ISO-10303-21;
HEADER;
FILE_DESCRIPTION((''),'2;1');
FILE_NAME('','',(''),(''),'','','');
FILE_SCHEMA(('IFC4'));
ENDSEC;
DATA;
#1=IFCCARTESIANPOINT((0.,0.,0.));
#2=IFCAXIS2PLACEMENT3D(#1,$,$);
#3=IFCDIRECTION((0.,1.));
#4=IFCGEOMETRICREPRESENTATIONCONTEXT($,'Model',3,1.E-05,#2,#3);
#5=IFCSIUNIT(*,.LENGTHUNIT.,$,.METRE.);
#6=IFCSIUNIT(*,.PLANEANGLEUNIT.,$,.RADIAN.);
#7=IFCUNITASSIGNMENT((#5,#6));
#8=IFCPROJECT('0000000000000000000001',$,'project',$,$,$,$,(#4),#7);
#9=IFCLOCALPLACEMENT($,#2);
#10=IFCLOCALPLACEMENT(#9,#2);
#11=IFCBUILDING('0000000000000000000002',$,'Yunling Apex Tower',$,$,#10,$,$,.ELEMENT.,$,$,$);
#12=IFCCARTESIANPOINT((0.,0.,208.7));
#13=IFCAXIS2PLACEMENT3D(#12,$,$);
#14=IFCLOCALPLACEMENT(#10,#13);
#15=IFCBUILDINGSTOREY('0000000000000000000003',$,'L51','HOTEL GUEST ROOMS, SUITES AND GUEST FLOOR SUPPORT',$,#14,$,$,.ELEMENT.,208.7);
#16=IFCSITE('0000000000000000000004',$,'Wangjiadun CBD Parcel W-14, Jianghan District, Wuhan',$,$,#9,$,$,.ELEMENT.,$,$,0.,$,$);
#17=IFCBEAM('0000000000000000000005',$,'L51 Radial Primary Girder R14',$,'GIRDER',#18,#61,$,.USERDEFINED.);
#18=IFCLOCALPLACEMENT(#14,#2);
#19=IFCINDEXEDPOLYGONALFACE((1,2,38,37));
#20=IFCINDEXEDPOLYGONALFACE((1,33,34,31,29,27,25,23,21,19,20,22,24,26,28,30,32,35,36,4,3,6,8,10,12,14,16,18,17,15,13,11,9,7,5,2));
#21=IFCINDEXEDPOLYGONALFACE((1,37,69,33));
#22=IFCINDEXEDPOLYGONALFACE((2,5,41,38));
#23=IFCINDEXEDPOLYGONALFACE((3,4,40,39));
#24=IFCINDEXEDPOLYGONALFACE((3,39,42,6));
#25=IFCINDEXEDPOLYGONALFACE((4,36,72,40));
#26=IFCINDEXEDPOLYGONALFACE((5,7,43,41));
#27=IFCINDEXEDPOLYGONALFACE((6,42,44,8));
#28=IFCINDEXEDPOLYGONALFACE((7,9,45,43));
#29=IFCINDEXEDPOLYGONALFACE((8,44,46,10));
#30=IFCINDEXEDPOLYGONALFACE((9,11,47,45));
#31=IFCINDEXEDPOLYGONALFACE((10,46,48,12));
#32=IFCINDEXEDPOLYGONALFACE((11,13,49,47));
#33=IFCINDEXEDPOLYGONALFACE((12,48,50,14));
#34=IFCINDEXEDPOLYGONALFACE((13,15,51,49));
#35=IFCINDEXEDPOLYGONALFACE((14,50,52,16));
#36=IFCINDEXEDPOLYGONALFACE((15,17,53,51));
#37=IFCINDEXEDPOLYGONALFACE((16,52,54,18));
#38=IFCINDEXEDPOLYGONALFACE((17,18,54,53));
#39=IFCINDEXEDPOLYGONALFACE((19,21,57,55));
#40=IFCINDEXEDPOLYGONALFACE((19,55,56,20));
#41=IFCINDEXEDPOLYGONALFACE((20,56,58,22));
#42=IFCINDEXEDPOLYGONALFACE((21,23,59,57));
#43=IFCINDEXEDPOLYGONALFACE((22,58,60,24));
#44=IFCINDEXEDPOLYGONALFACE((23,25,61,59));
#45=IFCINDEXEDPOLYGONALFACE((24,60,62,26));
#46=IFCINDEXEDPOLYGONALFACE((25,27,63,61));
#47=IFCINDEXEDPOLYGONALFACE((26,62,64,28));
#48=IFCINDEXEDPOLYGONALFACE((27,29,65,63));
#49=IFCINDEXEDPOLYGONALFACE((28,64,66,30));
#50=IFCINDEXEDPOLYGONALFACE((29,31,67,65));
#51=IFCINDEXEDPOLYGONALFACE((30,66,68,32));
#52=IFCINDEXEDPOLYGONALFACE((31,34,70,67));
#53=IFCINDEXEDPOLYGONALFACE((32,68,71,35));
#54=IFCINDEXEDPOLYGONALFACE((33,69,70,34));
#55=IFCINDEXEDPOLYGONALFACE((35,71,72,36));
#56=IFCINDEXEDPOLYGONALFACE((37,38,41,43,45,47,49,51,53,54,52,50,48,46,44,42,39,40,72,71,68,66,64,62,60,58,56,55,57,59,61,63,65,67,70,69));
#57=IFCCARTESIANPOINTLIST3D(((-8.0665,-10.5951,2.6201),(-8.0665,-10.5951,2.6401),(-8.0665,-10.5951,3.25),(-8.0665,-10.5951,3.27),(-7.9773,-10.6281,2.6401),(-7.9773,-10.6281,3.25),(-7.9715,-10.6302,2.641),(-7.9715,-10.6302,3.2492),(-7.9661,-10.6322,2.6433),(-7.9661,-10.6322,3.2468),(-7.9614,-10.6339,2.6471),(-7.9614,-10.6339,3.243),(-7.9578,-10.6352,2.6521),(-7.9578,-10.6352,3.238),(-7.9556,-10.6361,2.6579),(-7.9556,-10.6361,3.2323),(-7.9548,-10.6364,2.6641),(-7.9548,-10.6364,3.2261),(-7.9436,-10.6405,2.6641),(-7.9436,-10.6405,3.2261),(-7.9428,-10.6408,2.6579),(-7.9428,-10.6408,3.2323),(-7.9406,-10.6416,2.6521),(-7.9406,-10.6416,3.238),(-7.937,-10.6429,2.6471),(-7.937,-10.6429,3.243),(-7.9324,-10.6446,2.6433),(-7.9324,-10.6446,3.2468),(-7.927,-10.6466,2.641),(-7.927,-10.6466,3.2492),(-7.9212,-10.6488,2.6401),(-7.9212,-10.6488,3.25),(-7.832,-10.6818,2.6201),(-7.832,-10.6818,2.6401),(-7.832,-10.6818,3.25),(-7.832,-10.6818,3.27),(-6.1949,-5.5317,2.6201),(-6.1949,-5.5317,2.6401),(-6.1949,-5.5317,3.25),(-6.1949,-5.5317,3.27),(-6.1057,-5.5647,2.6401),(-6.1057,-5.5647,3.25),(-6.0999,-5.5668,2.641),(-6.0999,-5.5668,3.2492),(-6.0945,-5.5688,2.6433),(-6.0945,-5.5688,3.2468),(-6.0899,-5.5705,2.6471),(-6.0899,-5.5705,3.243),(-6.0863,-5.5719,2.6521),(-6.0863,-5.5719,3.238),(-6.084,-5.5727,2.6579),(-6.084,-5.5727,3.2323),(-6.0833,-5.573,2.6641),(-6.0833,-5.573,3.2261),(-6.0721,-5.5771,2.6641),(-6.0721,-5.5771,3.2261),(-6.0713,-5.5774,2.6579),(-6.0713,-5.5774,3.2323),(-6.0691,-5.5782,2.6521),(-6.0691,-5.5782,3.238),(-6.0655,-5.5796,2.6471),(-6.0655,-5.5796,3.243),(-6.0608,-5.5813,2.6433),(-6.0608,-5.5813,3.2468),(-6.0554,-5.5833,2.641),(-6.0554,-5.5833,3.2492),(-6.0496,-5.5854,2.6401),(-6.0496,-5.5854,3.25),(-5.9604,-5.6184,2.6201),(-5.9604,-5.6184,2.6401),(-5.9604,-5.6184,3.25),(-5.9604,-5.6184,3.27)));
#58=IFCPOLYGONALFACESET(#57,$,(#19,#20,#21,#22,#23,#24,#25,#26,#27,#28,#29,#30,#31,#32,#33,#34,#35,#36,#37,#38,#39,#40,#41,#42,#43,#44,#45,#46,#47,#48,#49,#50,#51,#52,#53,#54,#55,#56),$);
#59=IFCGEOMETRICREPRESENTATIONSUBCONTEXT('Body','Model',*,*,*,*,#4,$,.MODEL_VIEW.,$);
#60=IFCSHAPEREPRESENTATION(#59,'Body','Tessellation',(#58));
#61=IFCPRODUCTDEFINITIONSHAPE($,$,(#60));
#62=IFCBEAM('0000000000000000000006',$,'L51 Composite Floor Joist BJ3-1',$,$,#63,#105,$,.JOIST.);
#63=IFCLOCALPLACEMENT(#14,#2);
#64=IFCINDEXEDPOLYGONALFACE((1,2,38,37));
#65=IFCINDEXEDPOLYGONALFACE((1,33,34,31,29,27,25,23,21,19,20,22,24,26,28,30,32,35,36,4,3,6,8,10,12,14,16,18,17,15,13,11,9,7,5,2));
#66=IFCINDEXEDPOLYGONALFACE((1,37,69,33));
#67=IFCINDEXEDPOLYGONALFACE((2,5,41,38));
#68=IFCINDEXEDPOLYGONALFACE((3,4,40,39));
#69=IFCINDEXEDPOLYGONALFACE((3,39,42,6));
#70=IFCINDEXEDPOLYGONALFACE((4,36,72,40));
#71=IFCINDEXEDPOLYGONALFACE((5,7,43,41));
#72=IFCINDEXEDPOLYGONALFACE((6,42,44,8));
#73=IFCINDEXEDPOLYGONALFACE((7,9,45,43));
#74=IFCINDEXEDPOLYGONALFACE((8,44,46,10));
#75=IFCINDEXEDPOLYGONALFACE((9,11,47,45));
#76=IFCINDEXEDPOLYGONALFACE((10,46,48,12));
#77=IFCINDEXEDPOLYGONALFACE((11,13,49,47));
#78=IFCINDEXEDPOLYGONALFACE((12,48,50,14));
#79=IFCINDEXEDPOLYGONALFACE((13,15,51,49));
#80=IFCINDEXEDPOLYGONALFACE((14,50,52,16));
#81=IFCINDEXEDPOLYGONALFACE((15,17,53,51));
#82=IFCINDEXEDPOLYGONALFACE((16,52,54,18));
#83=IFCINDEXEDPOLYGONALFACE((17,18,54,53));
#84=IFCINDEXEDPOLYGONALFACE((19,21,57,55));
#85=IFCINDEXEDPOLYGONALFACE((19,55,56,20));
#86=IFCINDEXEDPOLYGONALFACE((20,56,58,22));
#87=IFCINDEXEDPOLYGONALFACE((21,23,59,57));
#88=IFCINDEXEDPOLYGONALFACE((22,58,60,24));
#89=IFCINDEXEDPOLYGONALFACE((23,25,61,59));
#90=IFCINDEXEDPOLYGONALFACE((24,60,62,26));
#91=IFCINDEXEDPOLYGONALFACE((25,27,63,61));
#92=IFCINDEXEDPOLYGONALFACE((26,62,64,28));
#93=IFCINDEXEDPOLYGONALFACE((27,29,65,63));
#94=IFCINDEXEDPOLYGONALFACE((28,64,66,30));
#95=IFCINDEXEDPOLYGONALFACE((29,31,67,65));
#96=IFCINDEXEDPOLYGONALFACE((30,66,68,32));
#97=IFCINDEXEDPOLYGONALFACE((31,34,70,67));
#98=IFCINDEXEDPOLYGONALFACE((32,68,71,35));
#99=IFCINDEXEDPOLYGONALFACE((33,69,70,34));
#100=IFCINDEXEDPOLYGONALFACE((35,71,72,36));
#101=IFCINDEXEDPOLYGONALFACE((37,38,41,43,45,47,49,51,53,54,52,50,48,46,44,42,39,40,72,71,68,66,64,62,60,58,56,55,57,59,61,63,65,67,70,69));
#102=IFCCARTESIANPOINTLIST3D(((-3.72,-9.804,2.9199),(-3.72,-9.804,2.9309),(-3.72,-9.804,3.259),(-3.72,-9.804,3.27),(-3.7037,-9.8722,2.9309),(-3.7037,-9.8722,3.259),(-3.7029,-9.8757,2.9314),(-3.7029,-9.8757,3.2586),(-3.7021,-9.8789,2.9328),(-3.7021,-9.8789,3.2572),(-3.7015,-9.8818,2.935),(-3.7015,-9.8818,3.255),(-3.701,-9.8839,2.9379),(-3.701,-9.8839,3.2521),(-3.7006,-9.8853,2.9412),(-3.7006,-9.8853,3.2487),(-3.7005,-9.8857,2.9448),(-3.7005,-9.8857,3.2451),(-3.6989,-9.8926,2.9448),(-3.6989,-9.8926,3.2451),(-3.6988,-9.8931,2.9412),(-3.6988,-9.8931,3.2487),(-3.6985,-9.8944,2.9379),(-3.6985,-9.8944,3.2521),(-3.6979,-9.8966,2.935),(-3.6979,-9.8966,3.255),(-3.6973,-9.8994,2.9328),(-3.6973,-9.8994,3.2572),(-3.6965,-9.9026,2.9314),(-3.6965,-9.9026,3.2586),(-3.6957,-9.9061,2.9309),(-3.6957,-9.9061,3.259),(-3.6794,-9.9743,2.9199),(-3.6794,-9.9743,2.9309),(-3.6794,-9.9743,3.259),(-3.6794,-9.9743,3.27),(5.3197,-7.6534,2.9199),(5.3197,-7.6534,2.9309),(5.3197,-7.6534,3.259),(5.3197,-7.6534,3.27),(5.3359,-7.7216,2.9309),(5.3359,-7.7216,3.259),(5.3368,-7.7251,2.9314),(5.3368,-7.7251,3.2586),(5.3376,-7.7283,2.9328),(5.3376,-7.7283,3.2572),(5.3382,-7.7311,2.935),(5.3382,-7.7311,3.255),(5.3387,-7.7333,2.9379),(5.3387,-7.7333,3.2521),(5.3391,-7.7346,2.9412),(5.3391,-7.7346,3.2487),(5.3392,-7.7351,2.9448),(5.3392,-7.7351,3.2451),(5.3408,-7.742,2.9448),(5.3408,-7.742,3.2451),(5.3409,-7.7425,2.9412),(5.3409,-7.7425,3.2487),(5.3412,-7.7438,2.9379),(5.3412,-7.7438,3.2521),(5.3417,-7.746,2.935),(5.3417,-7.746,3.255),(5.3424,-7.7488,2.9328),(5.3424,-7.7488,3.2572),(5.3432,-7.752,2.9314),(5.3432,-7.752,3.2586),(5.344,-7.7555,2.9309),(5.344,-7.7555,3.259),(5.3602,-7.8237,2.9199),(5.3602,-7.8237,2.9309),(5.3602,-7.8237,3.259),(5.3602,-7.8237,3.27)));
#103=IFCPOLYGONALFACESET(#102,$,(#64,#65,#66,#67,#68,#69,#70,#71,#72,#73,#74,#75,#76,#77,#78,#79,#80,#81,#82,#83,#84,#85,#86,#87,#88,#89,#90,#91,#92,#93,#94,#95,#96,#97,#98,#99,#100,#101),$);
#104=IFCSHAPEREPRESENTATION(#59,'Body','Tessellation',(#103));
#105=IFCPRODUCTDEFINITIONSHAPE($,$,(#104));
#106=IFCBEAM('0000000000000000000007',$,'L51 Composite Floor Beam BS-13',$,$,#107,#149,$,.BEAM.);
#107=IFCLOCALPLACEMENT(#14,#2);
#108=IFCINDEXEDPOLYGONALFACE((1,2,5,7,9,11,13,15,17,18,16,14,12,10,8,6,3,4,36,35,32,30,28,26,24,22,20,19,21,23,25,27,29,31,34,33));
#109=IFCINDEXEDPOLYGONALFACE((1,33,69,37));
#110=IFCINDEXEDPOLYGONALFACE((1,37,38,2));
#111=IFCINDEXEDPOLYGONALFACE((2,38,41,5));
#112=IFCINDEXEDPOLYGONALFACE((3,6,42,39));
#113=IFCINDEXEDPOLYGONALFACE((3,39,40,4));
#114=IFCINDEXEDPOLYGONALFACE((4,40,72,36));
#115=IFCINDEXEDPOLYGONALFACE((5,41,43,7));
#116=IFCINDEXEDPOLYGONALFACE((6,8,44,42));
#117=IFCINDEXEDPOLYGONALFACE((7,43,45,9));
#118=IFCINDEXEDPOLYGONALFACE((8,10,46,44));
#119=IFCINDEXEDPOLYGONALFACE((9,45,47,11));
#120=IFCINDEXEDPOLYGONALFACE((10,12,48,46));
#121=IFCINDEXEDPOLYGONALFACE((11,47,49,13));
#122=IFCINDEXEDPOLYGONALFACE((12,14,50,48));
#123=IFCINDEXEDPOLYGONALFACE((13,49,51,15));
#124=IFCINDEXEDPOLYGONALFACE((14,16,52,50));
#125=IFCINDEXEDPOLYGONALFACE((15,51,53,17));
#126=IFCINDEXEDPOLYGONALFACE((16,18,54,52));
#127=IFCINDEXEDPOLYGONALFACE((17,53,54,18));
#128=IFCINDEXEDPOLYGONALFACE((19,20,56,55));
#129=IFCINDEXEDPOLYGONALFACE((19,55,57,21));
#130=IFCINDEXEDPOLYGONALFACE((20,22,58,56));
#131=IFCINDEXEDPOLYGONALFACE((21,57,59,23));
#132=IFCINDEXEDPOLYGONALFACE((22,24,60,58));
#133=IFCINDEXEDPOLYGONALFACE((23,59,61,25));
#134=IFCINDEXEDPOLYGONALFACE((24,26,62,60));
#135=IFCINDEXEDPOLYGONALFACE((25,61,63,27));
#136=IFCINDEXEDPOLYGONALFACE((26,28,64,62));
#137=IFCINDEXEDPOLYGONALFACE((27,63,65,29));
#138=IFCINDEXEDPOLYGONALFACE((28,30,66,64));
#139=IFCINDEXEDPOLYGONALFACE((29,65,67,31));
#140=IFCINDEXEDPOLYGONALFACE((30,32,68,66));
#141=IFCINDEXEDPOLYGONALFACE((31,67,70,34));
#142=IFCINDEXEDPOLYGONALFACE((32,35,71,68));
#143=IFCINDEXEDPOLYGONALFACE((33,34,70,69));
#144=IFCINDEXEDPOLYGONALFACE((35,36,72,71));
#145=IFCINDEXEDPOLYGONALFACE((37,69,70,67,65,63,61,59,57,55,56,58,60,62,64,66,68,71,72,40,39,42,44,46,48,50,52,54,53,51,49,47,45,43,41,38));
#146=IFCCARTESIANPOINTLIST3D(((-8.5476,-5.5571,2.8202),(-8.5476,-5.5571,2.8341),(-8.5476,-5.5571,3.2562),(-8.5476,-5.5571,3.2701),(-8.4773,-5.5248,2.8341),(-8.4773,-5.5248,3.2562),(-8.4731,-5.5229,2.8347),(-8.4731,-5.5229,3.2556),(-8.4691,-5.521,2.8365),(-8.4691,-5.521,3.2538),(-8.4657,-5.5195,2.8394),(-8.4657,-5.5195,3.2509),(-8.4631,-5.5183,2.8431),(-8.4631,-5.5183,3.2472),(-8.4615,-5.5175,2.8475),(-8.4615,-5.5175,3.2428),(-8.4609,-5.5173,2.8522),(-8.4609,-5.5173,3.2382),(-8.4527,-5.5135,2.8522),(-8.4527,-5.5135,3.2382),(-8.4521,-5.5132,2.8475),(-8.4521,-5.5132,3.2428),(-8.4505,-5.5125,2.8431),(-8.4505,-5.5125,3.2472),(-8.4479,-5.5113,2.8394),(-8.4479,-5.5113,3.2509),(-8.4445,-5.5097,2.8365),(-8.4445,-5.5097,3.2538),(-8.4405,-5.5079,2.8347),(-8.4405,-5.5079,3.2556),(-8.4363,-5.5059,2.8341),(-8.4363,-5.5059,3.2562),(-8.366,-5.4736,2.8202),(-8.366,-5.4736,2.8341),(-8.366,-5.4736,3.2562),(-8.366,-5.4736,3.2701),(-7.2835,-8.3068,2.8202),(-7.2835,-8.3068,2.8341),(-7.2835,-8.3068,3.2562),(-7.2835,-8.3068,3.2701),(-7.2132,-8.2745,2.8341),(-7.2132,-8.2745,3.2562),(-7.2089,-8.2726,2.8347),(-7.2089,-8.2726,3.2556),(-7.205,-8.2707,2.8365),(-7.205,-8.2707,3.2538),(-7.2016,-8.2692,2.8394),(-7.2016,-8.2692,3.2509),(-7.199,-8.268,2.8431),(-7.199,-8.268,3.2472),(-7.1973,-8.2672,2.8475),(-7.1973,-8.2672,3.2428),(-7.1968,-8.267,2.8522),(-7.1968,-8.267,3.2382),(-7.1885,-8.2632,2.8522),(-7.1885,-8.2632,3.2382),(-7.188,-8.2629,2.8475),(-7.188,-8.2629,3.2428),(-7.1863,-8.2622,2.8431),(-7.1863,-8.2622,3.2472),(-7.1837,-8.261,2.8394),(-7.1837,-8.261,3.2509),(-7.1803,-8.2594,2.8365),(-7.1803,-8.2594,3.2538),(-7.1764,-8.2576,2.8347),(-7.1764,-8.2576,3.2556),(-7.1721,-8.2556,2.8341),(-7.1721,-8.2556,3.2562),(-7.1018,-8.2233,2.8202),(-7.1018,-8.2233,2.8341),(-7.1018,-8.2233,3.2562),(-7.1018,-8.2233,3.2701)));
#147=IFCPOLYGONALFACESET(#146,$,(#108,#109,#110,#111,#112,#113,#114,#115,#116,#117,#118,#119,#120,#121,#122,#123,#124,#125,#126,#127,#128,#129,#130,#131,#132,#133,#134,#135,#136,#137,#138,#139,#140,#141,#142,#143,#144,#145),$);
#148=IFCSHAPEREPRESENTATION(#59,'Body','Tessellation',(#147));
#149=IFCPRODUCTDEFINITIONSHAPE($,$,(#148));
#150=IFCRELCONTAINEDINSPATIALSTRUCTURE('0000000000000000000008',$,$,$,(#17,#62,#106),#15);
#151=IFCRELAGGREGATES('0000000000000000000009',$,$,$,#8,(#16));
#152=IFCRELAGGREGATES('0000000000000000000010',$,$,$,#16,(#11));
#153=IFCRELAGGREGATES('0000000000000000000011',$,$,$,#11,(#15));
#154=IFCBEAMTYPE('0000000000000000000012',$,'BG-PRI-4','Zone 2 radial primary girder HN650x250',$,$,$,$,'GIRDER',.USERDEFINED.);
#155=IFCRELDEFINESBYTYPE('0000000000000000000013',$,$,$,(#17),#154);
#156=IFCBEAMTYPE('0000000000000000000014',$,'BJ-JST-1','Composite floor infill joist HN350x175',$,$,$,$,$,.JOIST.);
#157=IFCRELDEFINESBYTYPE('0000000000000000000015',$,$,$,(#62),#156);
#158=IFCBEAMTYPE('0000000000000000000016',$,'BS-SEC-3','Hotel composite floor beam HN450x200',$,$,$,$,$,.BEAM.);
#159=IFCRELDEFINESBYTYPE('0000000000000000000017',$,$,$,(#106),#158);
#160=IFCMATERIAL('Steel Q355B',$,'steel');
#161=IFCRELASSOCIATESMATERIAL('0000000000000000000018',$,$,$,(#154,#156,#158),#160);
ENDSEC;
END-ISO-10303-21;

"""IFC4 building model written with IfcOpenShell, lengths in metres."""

from ifc_helpers import new_model, si_unit, direction, frame, origin, origin_2d, place, context, subcontext, project, spatial, i_section, extrude, source, transform, mapped, material, material_profile, profile_set, type_object, element, save


model = new_model("IFC4")

# Units and contexts
model_context = context("Model", 3, precision=1e-05, world=origin(), true_north=direction((0.0, 1.0)))
body_context = subcontext(model_context, "Body", "Model", "MODEL_VIEW")
ifc_project = project(units=[si_unit("LENGTHUNIT", "METRE"), si_unit("PLANEANGLEUNIT", "RADIAN")], contexts=[model_context])

# Site, building, storey
site_placement = place(None, origin())
site = spatial("IfcSite", under=ifc_project, at=site_placement, Name="Wangjiadun CBD Parcel W-14, Jianghan District, Wuhan", CompositionType="ELEMENT", RefElevation=0.0)
building_placement = place(site_placement, origin())
building = spatial("IfcBuilding", under=site, at=building_placement, Name="Yunling Apex Tower", CompositionType="ELEMENT")
storey_placement = place(building_placement, frame((0.0, 0.0, 208.7)))
storey = spatial("IfcBuildingStorey", under=building, at=storey_placement, Name="L51", Description="HOTEL GUEST ROOMS, SUITES AND GUEST FLOOR SUPPORT", CompositionType="ELEMENT", Elevation=208.7)

# Beams
ifc_material_1 = material(Name="Steel Q355B", Category="steel")
ifc_material_profile_1 = material_profile(ifc_material_1, i_section(OverallWidth=0.25, OverallDepth=0.6499, WebThickness=0.012, FlangeThickness=0.02, FilletRadius=0.0239, at=origin_2d()))
ifc_profile_set_1 = profile_set([ifc_material_profile_1], Name="Steel Q355B")
beam_type_1 = type_object("IfcBeamType", Name="BG-PRI-4", Description="Zone 2 radial primary girder HN650x250", ElementType="GIRDER", PredefinedType="USERDEFINED", material=ifc_profile_set_1)
shared_shape_1 = source(origin(), body_context, "Body", "SweptSolid", [
    extrude(i_section(OverallWidth=0.25, OverallDepth=0.6499, WebThickness=0.012, FlangeThickness=0.02, FilletRadius=0.0239, at=origin_2d()), origin(), (0.0, 0.0, 1.0), 5.3982),
])
beam_1_placement = place(storey_placement, frame((-7.9492, -10.6384, 2.9451), z_axis=(0.346699, 0.937977, 0.0), x_axis=(-0.937977, 0.346699, 0.0)))
element("IfcBeam", 1, at=beam_1_placement, inside=storey, type_object=beam_type_1, Name="L51 Radial Primary Girder R14", ObjectType="GIRDER", PredefinedType="USERDEFINED", context=body_context, shape_type="MappedRepresentation", body=[
    mapped(shared_shape_1, transform((0.0, 0.0, 0.0), scale=1.0)),
])
ifc_material_profile_2 = material_profile(ifc_material_1, i_section(OverallWidth=0.175, OverallDepth=0.3501, WebThickness=0.0071, FlangeThickness=0.011, FilletRadius=0.0139, at=origin_2d()))
ifc_profile_set_2 = profile_set([ifc_material_profile_2], Name="Steel Q355B")
beam_type_2 = type_object("IfcBeamType", Name="BJ-JST-1", Description="Composite floor infill joist HN350x175", PredefinedType="JOIST", material=ifc_profile_set_2)
shared_shape_2 = source(origin(), body_context, "Body", "SweptSolid", [
    extrude(i_section(OverallWidth=0.175, OverallDepth=0.3501, WebThickness=0.0071, FlangeThickness=0.011, FilletRadius=0.0139, at=origin_2d()), origin(), (0.0, 0.0, 1.0), 9.292),
])
beam_2_placement = place(storey_placement, frame((-3.6997, -9.8892, 3.095), z_axis=(0.972847, 0.231448, 0.0), x_axis=(-0.231448, 0.972847, 0.0)))
element("IfcBeam", 2, at=beam_2_placement, inside=storey, type_object=beam_type_2, Name="L51 Composite Floor Joist BJ3-1", PredefinedType="JOIST", context=body_context, shape_type="MappedRepresentation", body=[
    mapped(shared_shape_2, transform((0.0, 0.0, 0.0), scale=1.0)),
])
ifc_material_profile_3 = material_profile(ifc_material_1, i_section(OverallWidth=0.2, OverallDepth=0.45, WebThickness=0.009, FlangeThickness=0.0139, FilletRadius=0.0181, at=origin_2d()))
ifc_profile_set_3 = profile_set([ifc_material_profile_3], Name="Steel Q355B")
beam_type_3 = type_object("IfcBeamType", Name="BS-SEC-3", Description="Hotel composite floor beam HN450x200", PredefinedType="BEAM", material=ifc_profile_set_3)
shared_shape_3 = source(origin(), body_context, "Body", "SweptSolid", [
    extrude(i_section(OverallWidth=0.2, OverallDepth=0.45, WebThickness=0.009, FlangeThickness=0.0139, FilletRadius=0.0181, at=origin_2d()), origin(), (0.0, 0.0, 1.0), 3.0264),
])
beam_3_placement = place(storey_placement, frame((-8.4568, -5.5154, 3.0452), z_axis=(0.417707, -0.908582, 0.0), x_axis=(0.908582, 0.417707, 0.0)))
element("IfcBeam", 3, at=beam_3_placement, inside=storey, type_object=beam_type_3, Name="L51 Composite Floor Beam BS-13", PredefinedType="BEAM", context=body_context, shape_type="MappedRepresentation", body=[
    mapped(shared_shape_3, transform((0.0, 0.0, 0.0), scale=1.0)),
])

save(model, "model.ifc")
